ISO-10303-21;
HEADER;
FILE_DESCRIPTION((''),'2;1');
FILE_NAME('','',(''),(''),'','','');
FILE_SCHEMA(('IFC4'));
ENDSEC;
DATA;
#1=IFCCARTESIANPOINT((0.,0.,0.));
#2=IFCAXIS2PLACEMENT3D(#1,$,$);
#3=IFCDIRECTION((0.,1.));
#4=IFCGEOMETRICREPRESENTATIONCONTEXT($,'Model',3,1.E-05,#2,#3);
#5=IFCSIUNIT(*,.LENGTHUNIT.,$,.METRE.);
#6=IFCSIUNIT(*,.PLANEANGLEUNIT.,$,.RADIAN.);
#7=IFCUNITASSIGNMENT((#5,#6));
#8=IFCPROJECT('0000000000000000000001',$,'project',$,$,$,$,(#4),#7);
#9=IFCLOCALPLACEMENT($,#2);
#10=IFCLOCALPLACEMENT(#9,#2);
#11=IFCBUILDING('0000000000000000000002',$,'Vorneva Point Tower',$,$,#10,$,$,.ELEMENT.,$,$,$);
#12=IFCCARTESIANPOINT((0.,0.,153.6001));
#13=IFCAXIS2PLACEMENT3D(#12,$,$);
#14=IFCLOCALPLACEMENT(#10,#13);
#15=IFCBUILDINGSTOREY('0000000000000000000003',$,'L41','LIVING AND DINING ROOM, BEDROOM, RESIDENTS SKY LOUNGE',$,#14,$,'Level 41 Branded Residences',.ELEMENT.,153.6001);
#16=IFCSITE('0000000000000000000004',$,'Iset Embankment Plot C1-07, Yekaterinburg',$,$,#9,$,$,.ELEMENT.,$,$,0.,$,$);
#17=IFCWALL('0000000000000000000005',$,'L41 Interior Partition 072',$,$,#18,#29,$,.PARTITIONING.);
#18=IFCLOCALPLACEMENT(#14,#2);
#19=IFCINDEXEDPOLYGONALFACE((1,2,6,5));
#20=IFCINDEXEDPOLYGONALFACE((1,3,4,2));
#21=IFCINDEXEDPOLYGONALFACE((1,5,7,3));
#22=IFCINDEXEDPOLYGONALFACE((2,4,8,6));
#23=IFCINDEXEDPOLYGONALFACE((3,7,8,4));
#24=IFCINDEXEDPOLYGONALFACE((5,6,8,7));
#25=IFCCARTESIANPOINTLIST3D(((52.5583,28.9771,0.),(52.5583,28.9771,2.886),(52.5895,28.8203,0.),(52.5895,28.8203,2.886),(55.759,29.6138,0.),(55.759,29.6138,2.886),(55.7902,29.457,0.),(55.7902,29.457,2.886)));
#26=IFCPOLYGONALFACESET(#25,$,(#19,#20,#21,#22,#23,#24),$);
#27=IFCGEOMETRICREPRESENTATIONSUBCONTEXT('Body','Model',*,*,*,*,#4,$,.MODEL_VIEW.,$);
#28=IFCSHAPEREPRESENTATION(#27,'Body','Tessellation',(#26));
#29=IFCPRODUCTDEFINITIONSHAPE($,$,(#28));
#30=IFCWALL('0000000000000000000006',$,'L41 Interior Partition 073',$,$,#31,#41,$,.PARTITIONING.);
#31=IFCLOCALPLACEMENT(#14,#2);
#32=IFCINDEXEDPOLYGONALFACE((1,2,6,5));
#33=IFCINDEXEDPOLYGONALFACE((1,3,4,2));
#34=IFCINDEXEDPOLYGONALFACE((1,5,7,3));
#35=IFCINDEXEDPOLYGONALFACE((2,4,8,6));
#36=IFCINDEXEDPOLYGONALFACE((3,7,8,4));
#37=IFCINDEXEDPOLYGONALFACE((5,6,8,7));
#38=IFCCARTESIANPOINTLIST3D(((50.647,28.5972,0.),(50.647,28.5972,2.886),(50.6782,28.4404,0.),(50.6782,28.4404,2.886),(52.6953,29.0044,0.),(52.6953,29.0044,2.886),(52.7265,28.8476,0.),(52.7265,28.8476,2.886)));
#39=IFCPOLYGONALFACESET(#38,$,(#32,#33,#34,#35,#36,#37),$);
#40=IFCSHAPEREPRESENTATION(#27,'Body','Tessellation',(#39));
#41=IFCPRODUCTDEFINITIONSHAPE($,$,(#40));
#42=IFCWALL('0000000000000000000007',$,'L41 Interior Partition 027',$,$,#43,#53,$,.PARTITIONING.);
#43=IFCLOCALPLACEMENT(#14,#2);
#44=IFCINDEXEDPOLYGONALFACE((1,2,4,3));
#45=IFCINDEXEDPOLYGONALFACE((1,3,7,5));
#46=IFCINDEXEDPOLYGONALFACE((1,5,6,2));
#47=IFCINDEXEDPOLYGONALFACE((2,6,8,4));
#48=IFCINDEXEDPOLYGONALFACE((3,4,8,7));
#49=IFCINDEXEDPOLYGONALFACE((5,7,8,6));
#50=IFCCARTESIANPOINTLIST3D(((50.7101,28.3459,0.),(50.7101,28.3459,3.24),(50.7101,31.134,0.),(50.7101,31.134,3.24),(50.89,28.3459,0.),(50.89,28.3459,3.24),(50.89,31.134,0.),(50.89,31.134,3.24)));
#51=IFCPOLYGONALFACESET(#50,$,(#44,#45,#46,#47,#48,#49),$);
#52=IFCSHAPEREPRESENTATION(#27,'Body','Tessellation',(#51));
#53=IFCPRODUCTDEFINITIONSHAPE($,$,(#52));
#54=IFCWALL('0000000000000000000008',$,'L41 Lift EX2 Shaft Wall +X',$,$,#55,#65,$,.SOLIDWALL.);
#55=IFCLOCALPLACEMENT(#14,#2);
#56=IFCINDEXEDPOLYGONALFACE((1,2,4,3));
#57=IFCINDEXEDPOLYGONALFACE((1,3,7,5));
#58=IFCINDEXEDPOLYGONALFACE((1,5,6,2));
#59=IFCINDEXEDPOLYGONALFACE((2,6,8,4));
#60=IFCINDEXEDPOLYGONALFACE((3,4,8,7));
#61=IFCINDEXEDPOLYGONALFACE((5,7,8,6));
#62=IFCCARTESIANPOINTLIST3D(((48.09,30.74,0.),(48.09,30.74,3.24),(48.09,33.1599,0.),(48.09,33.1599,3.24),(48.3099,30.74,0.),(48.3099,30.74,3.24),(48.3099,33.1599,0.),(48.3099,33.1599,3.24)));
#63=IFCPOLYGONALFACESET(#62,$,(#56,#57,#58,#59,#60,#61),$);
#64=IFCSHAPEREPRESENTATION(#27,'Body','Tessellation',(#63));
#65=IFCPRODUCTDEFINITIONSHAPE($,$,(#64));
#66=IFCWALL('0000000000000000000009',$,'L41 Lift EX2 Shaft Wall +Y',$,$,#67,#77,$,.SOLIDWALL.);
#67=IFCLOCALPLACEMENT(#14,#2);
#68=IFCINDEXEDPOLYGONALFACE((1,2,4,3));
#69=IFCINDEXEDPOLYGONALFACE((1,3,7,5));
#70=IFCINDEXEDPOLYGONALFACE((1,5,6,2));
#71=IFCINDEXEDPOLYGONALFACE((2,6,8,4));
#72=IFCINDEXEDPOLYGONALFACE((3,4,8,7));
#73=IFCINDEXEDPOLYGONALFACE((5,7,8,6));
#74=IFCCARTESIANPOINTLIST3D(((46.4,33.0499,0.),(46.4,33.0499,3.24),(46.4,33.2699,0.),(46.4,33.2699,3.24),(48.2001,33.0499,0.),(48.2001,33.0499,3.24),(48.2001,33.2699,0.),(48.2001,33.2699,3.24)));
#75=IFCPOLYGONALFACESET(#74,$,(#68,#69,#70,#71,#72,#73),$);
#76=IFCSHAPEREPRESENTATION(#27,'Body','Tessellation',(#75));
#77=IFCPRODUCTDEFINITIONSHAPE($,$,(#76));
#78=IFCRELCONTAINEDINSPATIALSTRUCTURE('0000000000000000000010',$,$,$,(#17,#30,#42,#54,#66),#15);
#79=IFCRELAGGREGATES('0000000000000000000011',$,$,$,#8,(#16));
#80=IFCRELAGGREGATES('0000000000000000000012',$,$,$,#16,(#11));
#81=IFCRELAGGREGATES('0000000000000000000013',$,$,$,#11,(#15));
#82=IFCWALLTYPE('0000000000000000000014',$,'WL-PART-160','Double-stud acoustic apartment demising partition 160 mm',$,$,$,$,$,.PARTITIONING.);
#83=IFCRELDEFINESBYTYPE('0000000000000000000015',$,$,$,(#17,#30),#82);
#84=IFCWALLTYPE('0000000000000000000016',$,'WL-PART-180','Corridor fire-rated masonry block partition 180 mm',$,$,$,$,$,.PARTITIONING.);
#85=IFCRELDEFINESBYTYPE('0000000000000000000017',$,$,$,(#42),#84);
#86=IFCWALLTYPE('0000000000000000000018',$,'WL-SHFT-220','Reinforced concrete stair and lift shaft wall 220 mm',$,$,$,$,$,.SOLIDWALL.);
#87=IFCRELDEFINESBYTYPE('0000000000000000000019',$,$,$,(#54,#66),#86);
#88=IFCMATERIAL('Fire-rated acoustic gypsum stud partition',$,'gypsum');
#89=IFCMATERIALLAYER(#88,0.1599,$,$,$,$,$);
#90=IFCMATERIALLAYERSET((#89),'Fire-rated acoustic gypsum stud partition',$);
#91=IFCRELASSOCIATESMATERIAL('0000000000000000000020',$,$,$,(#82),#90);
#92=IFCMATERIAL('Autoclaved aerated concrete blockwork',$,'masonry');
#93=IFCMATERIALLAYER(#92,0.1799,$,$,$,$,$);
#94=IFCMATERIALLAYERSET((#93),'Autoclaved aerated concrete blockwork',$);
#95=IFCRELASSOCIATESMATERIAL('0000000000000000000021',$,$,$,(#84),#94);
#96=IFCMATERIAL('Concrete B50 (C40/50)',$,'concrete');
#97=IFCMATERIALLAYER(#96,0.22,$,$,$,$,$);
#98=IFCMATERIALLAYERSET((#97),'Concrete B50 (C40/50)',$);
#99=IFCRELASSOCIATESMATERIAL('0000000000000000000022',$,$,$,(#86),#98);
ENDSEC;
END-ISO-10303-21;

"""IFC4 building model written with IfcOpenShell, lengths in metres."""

from ifc_helpers import new_model, si_unit, direction, frame, frame_2d, origin, place, context, subcontext, project, spatial, rectangle, extrude, material, layer, layer_set, type_object, element, save


model = new_model("IFC4")

# Units and contexts
model_context = context("Model", 3, precision=1e-05, world=origin(), true_north=direction((0.0, 1.0)))
body_context = subcontext(model_context, "Body", "Model", "MODEL_VIEW")
ifc_project = project(units=[si_unit("LENGTHUNIT", "METRE"), si_unit("PLANEANGLEUNIT", "RADIAN")], contexts=[model_context])

# Site, building, storey
site_placement = place(None, origin())
site = spatial("IfcSite", under=ifc_project, at=site_placement, Name="Iset Embankment Plot C1-07, Yekaterinburg", CompositionType="ELEMENT", RefElevation=0.0)
building_placement = place(site_placement, origin())
building = spatial("IfcBuilding", under=site, at=building_placement, Name="Vorneva Point Tower", CompositionType="ELEMENT")
storey_placement = place(building_placement, frame((0.0, 0.0, 153.6001)))
storey = spatial("IfcBuildingStorey", under=building, at=storey_placement, Name="L41", Description="LIVING AND DINING ROOM, BEDROOM, RESIDENTS SKY LOUNGE", LongName="Level 41 Branded Residences", CompositionType="ELEMENT", Elevation=153.6001)

# Shared definitions
ifc_material_1 = material(Name="Fire-rated acoustic gypsum stud partition", Category="gypsum")

# Walls
ifc_layer_1 = layer(ifc_material_1, 0.1599)
ifc_layer_set_1 = layer_set([ifc_layer_1], Name="Fire-rated acoustic gypsum stud partition")
wall_type_1 = type_object("IfcWallType", Name="WL-PART-160", Description="Double-stud acoustic apartment demising partition 160 mm", PredefinedType="PARTITIONING", material=ifc_layer_set_1)
wall_1_placement = place(storey_placement, frame((52.5737, 28.8987, 0.0), z_axis=(0.0, 0.0, 1.0), x_axis=(0.980782, 0.195109, 0.0)))
element("IfcWall", 1, at=wall_1_placement, inside=storey, type_object=wall_type_1, Name="L41 Interior Partition 072", PredefinedType="PARTITIONING", context=body_context, shape_type="SweptSolid", body=[
    extrude(rectangle(XDim=3.2634, YDim=0.1599, at=frame_2d((1.6318, 0.0))), origin(), (0.0, 0.0, 1.0), 2.886),
])
wall_2_placement = place(storey_placement, frame((50.6626, 28.5188, 0.0), z_axis=(0.0, 0.0, 1.0), x_axis=(0.980805, 0.194992, 0.0)))
element("IfcWall", 2, at=wall_2_placement, inside=storey, type_object=wall_type_1, Name="L41 Interior Partition 073", PredefinedType="PARTITIONING", context=body_context, shape_type="SweptSolid", body=[
    extrude(rectangle(XDim=2.0884, YDim=0.1599, at=frame_2d((1.0442, 0.0))), origin(), (0.0, 0.0, 1.0), 2.886),
])

# Shared definitions
ifc_material_2 = material(Name="Autoclaved aerated concrete blockwork", Category="masonry")
ifc_layer_2 = layer(ifc_material_2, 0.1799)
ifc_layer_set_2 = layer_set([ifc_layer_2], Name="Autoclaved aerated concrete blockwork")
wall_type_2 = type_object("IfcWallType", Name="WL-PART-180", Description="Corridor fire-rated masonry block partition 180 mm", PredefinedType="PARTITIONING", material=ifc_layer_set_2)

# Walls
wall_3_placement = place(storey_placement, frame((50.8, 28.3459, 0.0), z_axis=(0.0, 0.0, 1.0), x_axis=(0.0, 1.0, 0.0)))
element("IfcWall", 3, at=wall_3_placement, inside=storey, type_object=wall_type_2, Name="L41 Interior Partition 027", PredefinedType="PARTITIONING", context=body_context, shape_type="SweptSolid", body=[
    extrude(rectangle(XDim=2.7881, YDim=0.1799, at=frame_2d((1.394, 0.0))), origin(), (0.0, 0.0, 1.0), 3.24),
])
ifc_material_3 = material(Name="Concrete B50 (C40/50)", Category="concrete")
ifc_layer_3 = layer(ifc_material_3, 0.22)
ifc_layer_set_3 = layer_set([ifc_layer_3], Name="Concrete B50 (C40/50)")
wall_type_3 = type_object("IfcWallType", Name="WL-SHFT-220", Description="Reinforced concrete stair and lift shaft wall 220 mm", PredefinedType="SOLIDWALL", material=ifc_layer_set_3)
wall_4_placement = place(storey_placement, frame((48.2, 30.74, 0.0), z_axis=(0.0, 0.0, 1.0), x_axis=(0.0, 1.0, 0.0)))
element("IfcWall", 4, at=wall_4_placement, inside=storey, type_object=wall_type_3, Name="L41 Lift EX2 Shaft Wall +X", PredefinedType="SOLIDWALL", context=body_context, shape_type="SweptSolid", body=[
    extrude(rectangle(XDim=2.4199, YDim=0.22, at=frame_2d((1.21, 0.0))), origin(), (0.0, 0.0, 1.0), 3.24),
])
wall_5_placement = place(storey_placement, frame((48.2, 33.1599, 0.0), z_axis=(0.0, 0.0, 1.0), x_axis=(-1.0, 0.0, 0.0)))
element("IfcWall", 5, at=wall_5_placement, inside=storey, type_object=wall_type_3, Name="L41 Lift EX2 Shaft Wall +Y", PredefinedType="SOLIDWALL", context=body_context, shape_type="SweptSolid", body=[
    extrude(rectangle(XDim=1.8, YDim=0.22, at=frame_2d((0.8999, 0.0))), origin(), (0.0, 0.0, 1.0), 3.24),
])

save(model, "model.ifc")
